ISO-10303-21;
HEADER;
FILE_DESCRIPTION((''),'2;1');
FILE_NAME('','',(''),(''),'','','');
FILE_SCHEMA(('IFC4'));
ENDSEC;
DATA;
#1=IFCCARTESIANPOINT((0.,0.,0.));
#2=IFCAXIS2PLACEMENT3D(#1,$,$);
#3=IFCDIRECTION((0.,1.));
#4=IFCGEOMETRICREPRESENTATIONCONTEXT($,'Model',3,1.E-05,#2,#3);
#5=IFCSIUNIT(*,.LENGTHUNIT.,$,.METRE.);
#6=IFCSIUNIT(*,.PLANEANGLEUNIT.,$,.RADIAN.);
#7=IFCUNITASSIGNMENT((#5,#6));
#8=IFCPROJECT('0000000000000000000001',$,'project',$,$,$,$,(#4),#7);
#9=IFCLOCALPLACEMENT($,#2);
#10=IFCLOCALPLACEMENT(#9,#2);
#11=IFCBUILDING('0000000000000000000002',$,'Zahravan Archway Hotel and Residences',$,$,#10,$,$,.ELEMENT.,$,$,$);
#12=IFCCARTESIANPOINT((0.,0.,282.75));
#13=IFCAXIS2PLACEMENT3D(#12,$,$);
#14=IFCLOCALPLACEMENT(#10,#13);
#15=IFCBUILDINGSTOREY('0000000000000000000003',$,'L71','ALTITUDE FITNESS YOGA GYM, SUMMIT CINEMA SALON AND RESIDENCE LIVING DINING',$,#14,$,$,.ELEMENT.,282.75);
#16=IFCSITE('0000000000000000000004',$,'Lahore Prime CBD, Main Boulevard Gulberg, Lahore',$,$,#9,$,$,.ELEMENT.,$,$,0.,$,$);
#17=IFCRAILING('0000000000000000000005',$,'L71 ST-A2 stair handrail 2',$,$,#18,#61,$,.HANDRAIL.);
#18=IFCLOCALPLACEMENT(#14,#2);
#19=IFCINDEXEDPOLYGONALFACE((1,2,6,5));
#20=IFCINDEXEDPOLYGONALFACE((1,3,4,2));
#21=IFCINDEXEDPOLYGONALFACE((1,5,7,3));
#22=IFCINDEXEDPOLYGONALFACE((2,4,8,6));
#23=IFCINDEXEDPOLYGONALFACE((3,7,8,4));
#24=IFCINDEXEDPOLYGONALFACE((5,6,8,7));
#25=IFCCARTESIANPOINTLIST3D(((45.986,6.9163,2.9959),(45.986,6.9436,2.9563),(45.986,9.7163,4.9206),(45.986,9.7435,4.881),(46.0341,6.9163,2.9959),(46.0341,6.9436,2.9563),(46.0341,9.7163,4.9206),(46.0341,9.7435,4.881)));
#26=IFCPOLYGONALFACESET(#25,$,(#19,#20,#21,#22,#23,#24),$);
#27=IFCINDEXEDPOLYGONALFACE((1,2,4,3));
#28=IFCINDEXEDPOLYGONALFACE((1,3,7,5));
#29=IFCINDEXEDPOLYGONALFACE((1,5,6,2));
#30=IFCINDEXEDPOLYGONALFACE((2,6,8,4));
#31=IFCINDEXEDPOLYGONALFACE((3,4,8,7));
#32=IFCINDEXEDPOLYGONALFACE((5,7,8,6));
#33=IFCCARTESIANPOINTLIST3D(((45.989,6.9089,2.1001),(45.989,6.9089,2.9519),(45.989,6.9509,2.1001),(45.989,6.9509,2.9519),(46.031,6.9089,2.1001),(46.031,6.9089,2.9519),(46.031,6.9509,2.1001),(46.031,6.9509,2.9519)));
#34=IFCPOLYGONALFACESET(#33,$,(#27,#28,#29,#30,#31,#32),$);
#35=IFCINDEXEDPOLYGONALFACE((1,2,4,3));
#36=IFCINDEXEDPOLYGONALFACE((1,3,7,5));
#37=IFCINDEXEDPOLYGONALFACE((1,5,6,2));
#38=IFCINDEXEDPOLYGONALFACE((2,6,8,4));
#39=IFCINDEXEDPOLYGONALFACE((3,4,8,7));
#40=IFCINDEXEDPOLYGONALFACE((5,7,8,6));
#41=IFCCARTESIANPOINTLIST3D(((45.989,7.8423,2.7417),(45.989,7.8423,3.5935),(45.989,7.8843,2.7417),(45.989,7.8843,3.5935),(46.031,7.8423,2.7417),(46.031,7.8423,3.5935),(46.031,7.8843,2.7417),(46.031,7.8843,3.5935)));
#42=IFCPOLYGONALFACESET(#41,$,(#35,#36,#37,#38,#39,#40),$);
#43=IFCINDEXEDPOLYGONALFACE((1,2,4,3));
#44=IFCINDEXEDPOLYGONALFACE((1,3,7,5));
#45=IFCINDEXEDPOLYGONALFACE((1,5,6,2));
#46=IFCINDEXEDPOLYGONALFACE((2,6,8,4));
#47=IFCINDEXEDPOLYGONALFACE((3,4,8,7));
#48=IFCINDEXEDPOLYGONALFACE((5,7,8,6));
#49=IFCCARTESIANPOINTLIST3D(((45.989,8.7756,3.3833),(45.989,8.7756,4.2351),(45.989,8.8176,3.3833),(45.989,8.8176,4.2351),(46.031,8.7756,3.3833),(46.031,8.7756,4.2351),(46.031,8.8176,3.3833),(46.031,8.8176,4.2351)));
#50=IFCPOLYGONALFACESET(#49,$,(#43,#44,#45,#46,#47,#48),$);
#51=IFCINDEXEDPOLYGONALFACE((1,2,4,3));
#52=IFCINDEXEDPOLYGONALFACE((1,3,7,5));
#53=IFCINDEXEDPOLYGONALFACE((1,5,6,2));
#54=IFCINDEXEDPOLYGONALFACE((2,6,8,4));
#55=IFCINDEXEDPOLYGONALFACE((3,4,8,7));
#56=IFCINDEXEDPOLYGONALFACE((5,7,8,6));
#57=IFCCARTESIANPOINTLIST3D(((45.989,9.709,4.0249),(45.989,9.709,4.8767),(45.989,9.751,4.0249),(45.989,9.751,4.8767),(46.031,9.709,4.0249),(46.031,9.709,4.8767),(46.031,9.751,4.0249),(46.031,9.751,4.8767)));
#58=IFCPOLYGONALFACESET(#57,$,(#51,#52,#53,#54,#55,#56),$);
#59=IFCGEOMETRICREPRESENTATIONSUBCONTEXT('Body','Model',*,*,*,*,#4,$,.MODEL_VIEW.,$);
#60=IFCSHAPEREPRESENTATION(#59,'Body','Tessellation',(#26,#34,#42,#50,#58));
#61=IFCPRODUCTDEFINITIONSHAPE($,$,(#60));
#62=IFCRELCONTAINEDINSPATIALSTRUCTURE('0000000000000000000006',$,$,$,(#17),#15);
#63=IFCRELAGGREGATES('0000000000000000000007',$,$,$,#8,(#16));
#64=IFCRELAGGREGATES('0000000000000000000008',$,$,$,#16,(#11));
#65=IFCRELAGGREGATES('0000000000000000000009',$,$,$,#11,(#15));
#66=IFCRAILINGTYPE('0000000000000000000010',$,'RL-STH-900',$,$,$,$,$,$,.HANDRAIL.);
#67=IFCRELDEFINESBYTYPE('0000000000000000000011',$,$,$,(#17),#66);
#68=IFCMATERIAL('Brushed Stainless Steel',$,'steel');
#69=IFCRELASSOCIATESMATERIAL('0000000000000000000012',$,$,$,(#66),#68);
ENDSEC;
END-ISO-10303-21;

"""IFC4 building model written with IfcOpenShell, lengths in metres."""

from ifc_helpers import new_model, si_unit, direction, frame, origin, origin_2d, place, context, subcontext, project, spatial, rectangle, extrude, material, type_object, element, save


model = new_model("IFC4")

# Units and contexts
model_context = context("Model", 3, precision=1e-05, world=origin(), true_north=direction((0.0, 1.0)))
body_context = subcontext(model_context, "Body", "Model", "MODEL_VIEW")
ifc_project = project(units=[si_unit("LENGTHUNIT", "METRE"), si_unit("PLANEANGLEUNIT", "RADIAN")], contexts=[model_context])

# Site, building, storey
site_placement = place(None, origin())
site = spatial("IfcSite", under=ifc_project, at=site_placement, Name="Lahore Prime CBD, Main Boulevard Gulberg, Lahore", CompositionType="ELEMENT", RefElevation=0.0)
building_placement = place(site_placement, origin())
building = spatial("IfcBuilding", under=site, at=building_placement, Name="Zahravan Archway Hotel and Residences", CompositionType="ELEMENT")
storey_placement = place(building_placement, frame((0.0, 0.0, 282.75)))
storey = spatial("IfcBuildingStorey", under=building, at=storey_placement, Name="L71", Description="ALTITUDE FITNESS YOGA GYM, SUMMIT CINEMA SALON AND RESIDENCE LIVING DINING", CompositionType="ELEMENT", Elevation=282.75)

# Railing
ifc_material_1 = material(Name="Brushed Stainless Steel", Category="steel")
railing_type_1 = type_object("IfcRailingType", Name="RL-STH-900", PredefinedType="HANDRAIL", material=ifc_material_1)
for number, where, name in (
    (1, (46.01, 6.9299, 2.1001), "L71 ST-A2 stair handrail 2"),
):
    element("IfcRailing", number, at=place(storey_placement, frame(where)), inside=storey, type_object=railing_type_1, Name=name, PredefinedType="HANDRAIL", context=body_context, shape_type="SweptSolid", body=[
        extrude(rectangle(XDim=0.0481, YDim=0.0481, at=origin_2d()), frame((0.0, 0.0, 0.876), z_axis=(0.0, 0.824073, 0.566483), x_axis=(-1.0, 0.0, 0.0)), (0.0, 0.0, 1.0), 3.3977),
        extrude(rectangle(XDim=0.042, YDim=0.042, at=origin_2d()), origin(), (0.0, 0.0, 1.0), 0.8518),
        extrude(rectangle(XDim=0.042, YDim=0.042, at=origin_2d()), frame((0.0, 0.9333, 0.6416)), (0.0, 0.0, 1.0), 0.8518),
        extrude(rectangle(XDim=0.042, YDim=0.042, at=origin_2d()), frame((0.0, 1.8667, 1.2832)), (0.0, 0.0, 1.0), 0.8518),
        extrude(rectangle(XDim=0.042, YDim=0.042, at=origin_2d()), frame((0.0, 2.8, 1.9248)), (0.0, 0.0, 1.0), 0.8518),
    ])

save(model, "model.ifc")
